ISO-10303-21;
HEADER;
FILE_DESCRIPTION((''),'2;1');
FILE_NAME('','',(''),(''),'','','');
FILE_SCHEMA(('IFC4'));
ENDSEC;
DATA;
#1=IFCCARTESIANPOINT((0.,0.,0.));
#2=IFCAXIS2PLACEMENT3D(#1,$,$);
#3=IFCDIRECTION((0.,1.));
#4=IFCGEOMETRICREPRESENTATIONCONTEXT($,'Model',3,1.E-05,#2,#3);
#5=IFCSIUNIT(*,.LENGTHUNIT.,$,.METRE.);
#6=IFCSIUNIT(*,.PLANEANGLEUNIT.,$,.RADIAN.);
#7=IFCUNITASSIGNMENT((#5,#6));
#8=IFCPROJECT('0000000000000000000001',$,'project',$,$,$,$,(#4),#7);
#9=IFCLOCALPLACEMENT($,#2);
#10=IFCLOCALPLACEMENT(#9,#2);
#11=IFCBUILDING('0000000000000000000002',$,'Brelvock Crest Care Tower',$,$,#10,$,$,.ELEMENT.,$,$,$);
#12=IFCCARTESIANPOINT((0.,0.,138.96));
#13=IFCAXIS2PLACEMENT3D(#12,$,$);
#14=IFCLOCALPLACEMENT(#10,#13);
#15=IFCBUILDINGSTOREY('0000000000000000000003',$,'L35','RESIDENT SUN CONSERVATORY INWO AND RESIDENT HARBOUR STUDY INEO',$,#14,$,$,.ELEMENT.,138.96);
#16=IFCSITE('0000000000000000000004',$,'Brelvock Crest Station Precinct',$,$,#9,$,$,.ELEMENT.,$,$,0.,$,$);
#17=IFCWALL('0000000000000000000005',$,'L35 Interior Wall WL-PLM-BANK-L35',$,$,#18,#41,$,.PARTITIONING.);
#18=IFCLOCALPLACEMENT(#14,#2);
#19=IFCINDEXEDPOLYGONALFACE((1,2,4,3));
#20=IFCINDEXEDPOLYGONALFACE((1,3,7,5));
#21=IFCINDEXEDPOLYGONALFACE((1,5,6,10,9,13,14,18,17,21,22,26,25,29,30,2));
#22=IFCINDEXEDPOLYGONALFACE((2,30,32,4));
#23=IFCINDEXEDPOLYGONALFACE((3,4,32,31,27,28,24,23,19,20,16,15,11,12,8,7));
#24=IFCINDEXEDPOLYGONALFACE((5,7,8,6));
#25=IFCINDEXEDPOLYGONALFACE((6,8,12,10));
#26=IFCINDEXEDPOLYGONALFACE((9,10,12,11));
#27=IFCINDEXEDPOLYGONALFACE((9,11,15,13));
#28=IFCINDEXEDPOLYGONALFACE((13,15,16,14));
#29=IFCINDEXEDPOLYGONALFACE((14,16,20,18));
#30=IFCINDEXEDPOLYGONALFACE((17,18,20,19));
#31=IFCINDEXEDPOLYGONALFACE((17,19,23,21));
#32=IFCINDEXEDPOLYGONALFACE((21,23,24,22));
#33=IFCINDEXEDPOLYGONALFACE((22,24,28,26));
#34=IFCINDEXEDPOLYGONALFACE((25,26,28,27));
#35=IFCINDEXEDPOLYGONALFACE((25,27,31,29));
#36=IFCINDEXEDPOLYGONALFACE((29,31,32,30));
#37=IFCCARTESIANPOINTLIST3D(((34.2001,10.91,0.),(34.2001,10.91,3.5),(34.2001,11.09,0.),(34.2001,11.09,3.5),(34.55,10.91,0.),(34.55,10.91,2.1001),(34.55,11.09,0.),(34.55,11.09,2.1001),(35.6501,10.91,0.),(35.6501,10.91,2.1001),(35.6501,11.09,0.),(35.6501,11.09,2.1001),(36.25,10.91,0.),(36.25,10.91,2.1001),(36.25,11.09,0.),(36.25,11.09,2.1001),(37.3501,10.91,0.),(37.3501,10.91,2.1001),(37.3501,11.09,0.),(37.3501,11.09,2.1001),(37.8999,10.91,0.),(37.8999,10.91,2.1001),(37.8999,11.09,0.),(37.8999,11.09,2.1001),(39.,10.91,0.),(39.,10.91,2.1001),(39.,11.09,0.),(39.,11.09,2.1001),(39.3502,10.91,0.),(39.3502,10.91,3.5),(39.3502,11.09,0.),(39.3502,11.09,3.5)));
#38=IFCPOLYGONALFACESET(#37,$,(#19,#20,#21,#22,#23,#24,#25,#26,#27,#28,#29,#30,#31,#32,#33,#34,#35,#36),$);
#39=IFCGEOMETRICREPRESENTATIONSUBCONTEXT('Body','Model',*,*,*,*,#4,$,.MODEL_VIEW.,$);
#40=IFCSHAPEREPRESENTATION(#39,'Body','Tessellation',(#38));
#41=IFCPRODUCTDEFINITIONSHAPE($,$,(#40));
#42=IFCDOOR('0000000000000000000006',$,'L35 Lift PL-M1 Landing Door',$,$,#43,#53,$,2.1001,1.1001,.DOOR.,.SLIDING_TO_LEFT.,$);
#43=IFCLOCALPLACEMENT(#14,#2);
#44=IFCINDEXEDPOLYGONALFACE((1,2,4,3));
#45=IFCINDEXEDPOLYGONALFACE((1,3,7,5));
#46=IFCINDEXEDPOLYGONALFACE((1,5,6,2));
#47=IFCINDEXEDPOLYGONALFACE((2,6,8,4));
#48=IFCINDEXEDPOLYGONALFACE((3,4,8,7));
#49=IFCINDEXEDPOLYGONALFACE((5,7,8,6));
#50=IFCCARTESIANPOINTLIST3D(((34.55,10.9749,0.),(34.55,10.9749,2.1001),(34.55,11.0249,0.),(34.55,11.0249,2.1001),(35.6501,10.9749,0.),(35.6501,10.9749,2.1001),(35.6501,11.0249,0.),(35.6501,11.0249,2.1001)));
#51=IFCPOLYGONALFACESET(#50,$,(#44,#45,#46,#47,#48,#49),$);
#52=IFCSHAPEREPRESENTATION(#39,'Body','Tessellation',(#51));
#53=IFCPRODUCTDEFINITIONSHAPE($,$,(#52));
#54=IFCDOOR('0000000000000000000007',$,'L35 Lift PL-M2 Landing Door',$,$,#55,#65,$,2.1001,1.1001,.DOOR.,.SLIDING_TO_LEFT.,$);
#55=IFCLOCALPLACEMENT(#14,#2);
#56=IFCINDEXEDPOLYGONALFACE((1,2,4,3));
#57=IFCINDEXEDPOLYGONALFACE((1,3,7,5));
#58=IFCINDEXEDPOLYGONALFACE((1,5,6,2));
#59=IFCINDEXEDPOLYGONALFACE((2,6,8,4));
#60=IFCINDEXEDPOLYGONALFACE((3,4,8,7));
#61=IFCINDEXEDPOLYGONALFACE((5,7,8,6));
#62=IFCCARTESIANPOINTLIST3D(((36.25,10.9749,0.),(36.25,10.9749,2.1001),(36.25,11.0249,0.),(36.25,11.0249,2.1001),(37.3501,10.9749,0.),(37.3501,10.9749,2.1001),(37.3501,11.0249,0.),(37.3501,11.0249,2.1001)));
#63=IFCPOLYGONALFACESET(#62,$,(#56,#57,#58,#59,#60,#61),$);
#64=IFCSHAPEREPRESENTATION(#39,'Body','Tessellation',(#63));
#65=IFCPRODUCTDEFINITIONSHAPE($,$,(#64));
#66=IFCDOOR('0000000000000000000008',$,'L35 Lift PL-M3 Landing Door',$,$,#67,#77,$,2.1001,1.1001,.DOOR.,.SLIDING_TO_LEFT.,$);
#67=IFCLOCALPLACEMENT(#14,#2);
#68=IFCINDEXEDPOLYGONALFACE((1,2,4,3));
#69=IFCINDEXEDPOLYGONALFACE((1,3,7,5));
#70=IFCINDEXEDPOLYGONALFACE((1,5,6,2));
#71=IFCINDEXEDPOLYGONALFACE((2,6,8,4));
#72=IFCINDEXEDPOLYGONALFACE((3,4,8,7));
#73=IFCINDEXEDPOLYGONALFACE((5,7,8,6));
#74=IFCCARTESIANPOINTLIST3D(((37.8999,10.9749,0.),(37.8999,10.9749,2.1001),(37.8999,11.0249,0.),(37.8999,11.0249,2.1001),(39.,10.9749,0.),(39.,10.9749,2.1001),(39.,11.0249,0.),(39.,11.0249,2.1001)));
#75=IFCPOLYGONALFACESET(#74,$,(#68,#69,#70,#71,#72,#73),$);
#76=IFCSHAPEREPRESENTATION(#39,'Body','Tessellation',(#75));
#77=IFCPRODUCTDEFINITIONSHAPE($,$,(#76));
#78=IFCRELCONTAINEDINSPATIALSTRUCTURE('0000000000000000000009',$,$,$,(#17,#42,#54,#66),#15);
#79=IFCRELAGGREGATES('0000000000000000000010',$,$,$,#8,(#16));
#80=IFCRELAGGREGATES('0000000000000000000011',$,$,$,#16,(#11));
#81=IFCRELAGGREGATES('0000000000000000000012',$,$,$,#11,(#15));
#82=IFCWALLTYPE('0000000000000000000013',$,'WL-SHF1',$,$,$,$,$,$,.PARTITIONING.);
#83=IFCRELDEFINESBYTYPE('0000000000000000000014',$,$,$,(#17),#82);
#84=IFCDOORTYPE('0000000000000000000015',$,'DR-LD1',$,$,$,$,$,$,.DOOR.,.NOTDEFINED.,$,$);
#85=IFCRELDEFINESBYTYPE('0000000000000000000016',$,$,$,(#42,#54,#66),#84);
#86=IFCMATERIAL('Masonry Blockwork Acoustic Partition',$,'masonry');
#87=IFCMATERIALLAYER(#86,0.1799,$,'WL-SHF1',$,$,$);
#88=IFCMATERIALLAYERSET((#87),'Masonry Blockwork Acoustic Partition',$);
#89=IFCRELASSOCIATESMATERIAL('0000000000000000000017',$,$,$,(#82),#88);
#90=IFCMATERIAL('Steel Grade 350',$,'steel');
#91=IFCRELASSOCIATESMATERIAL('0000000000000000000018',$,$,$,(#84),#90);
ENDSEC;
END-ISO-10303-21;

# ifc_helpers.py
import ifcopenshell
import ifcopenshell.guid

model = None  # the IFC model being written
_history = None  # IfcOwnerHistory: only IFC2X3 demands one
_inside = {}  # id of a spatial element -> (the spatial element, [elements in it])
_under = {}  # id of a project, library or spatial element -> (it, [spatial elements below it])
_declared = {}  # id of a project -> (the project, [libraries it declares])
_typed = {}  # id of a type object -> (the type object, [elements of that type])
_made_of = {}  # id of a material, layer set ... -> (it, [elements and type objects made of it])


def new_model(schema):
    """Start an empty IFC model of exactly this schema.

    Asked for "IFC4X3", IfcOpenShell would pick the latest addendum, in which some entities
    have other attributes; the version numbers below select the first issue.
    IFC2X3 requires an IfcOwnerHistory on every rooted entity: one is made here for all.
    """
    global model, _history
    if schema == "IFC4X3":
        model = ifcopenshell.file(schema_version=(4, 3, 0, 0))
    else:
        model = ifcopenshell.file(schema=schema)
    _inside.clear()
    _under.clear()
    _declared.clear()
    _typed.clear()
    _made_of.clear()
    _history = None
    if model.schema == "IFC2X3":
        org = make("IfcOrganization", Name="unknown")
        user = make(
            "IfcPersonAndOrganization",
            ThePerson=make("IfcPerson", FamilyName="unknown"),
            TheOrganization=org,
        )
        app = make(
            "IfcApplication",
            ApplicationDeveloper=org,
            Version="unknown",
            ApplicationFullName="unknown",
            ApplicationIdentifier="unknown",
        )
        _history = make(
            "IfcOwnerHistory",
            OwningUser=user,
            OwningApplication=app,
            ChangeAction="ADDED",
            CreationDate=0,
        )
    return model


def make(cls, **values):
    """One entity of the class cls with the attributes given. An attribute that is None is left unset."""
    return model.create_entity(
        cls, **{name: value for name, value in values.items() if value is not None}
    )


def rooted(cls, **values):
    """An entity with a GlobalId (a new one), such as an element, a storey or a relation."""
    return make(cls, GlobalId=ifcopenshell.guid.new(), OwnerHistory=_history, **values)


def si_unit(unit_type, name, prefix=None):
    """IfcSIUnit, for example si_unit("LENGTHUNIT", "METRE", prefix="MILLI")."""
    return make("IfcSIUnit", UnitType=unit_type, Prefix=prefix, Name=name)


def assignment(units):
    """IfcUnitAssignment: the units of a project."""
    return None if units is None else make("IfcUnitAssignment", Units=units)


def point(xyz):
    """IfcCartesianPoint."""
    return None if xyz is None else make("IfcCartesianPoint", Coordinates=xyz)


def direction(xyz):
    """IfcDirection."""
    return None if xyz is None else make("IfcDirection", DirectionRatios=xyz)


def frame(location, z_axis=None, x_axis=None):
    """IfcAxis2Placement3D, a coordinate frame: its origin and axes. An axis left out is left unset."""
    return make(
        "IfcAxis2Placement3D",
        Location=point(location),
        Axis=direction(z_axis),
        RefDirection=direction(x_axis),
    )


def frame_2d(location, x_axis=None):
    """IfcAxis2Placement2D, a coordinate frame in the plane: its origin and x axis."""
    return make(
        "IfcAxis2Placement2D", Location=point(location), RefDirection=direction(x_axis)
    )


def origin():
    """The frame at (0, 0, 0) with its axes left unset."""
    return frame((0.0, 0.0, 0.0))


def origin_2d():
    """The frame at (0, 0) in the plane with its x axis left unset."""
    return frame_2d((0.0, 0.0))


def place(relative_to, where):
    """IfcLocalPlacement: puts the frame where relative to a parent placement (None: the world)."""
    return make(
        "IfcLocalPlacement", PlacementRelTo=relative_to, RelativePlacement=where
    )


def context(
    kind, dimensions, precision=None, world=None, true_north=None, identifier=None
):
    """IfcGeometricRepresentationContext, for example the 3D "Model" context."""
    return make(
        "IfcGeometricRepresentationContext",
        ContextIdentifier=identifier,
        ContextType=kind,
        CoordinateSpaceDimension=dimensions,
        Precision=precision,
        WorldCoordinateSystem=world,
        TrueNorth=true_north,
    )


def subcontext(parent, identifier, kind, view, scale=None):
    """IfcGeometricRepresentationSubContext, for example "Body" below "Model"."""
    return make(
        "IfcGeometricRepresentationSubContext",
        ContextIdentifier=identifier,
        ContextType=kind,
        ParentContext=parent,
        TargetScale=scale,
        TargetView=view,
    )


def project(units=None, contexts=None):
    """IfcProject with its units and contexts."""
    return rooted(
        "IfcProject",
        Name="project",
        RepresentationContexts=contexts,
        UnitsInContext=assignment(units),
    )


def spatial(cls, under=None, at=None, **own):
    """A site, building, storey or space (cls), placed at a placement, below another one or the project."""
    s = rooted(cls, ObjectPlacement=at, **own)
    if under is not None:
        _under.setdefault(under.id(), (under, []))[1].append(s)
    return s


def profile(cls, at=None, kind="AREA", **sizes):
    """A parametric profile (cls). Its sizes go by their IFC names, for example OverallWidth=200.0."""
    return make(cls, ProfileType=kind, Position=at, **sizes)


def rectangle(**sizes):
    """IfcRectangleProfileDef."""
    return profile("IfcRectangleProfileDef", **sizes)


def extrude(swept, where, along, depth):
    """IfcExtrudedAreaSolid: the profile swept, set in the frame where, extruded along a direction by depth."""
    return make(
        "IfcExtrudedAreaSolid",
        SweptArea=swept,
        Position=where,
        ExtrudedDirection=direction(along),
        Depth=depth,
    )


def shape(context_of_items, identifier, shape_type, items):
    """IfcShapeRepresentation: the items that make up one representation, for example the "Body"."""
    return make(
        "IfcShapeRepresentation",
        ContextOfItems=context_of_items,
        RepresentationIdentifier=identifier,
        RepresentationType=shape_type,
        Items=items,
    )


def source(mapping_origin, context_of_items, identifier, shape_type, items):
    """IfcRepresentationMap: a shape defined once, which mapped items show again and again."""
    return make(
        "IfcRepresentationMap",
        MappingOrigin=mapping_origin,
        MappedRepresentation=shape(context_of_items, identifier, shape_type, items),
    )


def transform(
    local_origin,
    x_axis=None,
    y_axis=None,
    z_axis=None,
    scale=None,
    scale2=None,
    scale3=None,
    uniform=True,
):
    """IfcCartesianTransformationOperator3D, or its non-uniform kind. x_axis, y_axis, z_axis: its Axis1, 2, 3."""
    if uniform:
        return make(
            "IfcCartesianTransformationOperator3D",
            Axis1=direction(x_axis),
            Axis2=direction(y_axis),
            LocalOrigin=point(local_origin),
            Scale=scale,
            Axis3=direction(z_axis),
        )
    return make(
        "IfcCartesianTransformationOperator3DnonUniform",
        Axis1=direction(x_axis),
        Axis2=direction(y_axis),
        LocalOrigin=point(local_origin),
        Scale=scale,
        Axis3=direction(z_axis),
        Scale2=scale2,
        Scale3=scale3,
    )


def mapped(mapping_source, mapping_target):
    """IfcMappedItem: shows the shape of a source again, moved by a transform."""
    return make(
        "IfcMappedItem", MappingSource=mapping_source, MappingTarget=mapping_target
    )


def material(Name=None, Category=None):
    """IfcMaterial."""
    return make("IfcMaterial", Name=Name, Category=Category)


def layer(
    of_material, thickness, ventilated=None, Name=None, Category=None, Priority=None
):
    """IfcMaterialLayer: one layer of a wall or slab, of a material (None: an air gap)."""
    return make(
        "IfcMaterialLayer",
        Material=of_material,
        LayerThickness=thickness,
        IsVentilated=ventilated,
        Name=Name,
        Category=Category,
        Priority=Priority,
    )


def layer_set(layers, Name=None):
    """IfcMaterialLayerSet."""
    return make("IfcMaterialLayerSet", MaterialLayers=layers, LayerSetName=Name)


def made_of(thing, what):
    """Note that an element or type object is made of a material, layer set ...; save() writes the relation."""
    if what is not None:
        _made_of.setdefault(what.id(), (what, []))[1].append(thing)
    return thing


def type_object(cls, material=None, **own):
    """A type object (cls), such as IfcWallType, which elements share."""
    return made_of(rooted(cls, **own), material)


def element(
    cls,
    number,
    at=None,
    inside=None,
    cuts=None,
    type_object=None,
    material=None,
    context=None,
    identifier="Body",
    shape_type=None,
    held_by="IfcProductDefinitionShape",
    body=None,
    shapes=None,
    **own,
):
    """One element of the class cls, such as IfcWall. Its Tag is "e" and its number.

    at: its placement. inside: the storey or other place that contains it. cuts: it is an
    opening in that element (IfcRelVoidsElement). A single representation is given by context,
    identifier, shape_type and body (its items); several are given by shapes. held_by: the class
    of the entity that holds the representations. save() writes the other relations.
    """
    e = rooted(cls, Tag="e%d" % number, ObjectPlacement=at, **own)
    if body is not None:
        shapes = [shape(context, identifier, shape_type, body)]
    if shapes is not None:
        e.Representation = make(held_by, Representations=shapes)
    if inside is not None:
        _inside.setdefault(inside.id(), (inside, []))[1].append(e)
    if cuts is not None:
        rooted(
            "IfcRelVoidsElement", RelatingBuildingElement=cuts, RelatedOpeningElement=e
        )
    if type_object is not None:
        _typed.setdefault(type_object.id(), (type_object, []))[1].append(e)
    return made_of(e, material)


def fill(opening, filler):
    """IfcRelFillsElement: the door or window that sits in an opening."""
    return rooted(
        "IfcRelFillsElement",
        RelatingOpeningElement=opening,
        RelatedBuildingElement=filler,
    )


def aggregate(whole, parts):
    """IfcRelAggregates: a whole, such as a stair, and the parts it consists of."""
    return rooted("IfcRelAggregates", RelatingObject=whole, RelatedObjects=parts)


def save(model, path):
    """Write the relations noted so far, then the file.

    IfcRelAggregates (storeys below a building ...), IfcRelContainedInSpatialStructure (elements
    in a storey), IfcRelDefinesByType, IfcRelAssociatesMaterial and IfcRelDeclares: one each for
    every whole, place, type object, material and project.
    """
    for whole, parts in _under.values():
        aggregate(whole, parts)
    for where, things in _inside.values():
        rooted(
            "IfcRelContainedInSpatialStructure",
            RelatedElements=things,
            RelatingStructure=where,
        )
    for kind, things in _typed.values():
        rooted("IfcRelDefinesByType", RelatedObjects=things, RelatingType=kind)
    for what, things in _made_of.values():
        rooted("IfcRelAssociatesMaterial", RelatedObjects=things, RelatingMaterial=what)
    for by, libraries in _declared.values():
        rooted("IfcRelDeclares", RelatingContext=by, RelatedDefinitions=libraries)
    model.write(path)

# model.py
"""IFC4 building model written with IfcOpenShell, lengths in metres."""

from ifc_helpers import new_model, si_unit, direction, frame, frame_2d, origin, origin_2d, place, context, subcontext, project, spatial, rectangle, extrude, source, transform, mapped, material, layer, layer_set, type_object, element, fill, save


model = new_model("IFC4")

# Units and contexts
model_context = context("Model", 3, precision=1e-05, world=origin(), true_north=direction((0.0, 1.0)))
body_context = subcontext(model_context, "Body", "Model", "MODEL_VIEW")
ifc_project = project(units=[si_unit("LENGTHUNIT", "METRE"), si_unit("PLANEANGLEUNIT", "RADIAN")], contexts=[model_context])

# Site, building, storey
site_placement = place(None, origin())
site = spatial("IfcSite", under=ifc_project, at=site_placement, Name="Brelvock Crest Station Precinct", CompositionType="ELEMENT", RefElevation=0.0)
building_placement = place(site_placement, origin())
building = spatial("IfcBuilding", under=site, at=building_placement, Name="Brelvock Crest Care Tower", CompositionType="ELEMENT")
storey_placement = place(building_placement, frame((0.0, 0.0, 138.96)))
storey = spatial("IfcBuildingStorey", under=building, at=storey_placement, Name="L35", Description="RESIDENT SUN CONSERVATORY INWO AND RESIDENT HARBOUR STUDY INEO", CompositionType="ELEMENT", Elevation=138.96)

# Shared definitions
ifc_material_1 = material(Name="Steel Grade 350", Category="steel")

# Shared definitions
ifc_material_2 = material(Name="Masonry Blockwork Acoustic Partition", Category="masonry")

# Shared definitions
ifc_layer_1 = layer(ifc_material_2, 0.1799, Name="WL-SHF1")
ifc_layer_set_1 = layer_set([ifc_layer_1], Name="Masonry Blockwork Acoustic Partition")
wall_type_1 = type_object("IfcWallType", Name="WL-SHF1", PredefinedType="PARTITIONING", material=ifc_layer_set_1)

# Wall, openings, doors
wall_1_placement = place(storey_placement, frame((34.2, 11.0, 0.0), z_axis=(0.0, 0.0, 1.0), x_axis=(1.0, 0.0, 0.0)))
wall_1 = element("IfcWall", 1, at=wall_1_placement, inside=storey, type_object=wall_type_1, Name="L35 Interior Wall WL-PLM-BANK-L35", PredefinedType="PARTITIONING", context=body_context, shape_type="SweptSolid", body=[
    extrude(rectangle(XDim=5.1501, YDim=0.1799, at=frame_2d((2.5752, 0.0))), origin(), (0.0, 0.0, 1.0), 3.5),
])
opening_1_placement = place(wall_1_placement, frame((0.3501, 0.0, 0.0)))
opening_1 = element("IfcOpeningElement", 2, at=opening_1_placement, cuts=wall_1, PredefinedType="OPENING", context=body_context, shape_type="SweptSolid", body=[
    extrude(rectangle(XDim=1.1001, YDim=2.1001, at=origin_2d()), frame((0.55, 0.1001, 1.05), z_axis=(0.0, -1.0, 0.0), x_axis=(1.0, 0.0, 0.0)), (0.0, 0.0, 1.0), 0.2),
])
opening_2_placement = place(wall_1_placement, frame((2.05, 0.0, 0.0)))
opening_2 = element("IfcOpeningElement", 3, at=opening_2_placement, cuts=wall_1, PredefinedType="OPENING", context=body_context, shape_type="SweptSolid", body=[
    extrude(rectangle(XDim=1.1001, YDim=2.1001, at=origin_2d()), frame((0.55, 0.1001, 1.05), z_axis=(0.0, -1.0, 0.0), x_axis=(1.0, 0.0, 0.0)), (0.0, 0.0, 1.0), 0.2),
])
opening_3_placement = place(wall_1_placement, frame((3.7, 0.0, 0.0)))
opening_3 = element("IfcOpeningElement", 4, at=opening_3_placement, cuts=wall_1, PredefinedType="OPENING", context=body_context, shape_type="SweptSolid", body=[
    extrude(rectangle(XDim=1.1001, YDim=2.1001, at=origin_2d()), frame((0.55, 0.1001, 1.05), z_axis=(0.0, -1.0, 0.0), x_axis=(1.0, 0.0, 0.0)), (0.0, 0.0, 1.0), 0.2),
])
door_type_1 = type_object("IfcDoorType", Name="DR-LD1", OperationType="NOTDEFINED", PredefinedType="DOOR", material=ifc_material_1)
shared_shape_1 = source(origin(), body_context, "Body", "SweptSolid", [
    extrude(rectangle(XDim=1.1001, YDim=2.1001, at=origin_2d()), frame((0.55, 0.0249, 1.05), z_axis=(0.0, -1.0, 0.0), x_axis=(1.0, 0.0, 0.0)), (0.0, 0.0, 1.0), 0.05),
])
door_1_placement = place(opening_1_placement, origin())
door_1 = element("IfcDoor", 5, at=door_1_placement, inside=storey, type_object=door_type_1, Name="L35 Lift PL-M1 Landing Door", OperationType="SLIDING_TO_LEFT", OverallHeight=2.1001, OverallWidth=1.1001, PredefinedType="DOOR", context=body_context, shape_type="MappedRepresentation", body=[
    mapped(shared_shape_1, transform((0.0, 0.0, 0.0), x_axis=(1.0, 0.0, 0.0), y_axis=(0.0, 1.0, 0.0), z_axis=(0.0, 0.0, 1.0), scale=1.0)),
])
fill(opening_1, door_1)
door_2_placement = place(opening_2_placement, origin())
door_2 = element("IfcDoor", 6, at=door_2_placement, inside=storey, type_object=door_type_1, Name="L35 Lift PL-M2 Landing Door", OperationType="SLIDING_TO_LEFT", OverallHeight=2.1001, OverallWidth=1.1001, PredefinedType="DOOR", context=body_context, shape_type="MappedRepresentation", body=[
    mapped(shared_shape_1, transform((0.0, 0.0, 0.0), x_axis=(1.0, 0.0, 0.0), y_axis=(0.0, 1.0, 0.0), z_axis=(0.0, 0.0, 1.0), scale=1.0)),
])
fill(opening_2, door_2)
door_3_placement = place(opening_3_placement, origin())
door_3 = element("IfcDoor", 7, at=door_3_placement, inside=storey, type_object=door_type_1, Name="L35 Lift PL-M3 Landing Door", OperationType="SLIDING_TO_LEFT", OverallHeight=2.1001, OverallWidth=1.1001, PredefinedType="DOOR", context=body_context, shape_type="MappedRepresentation", body=[
    mapped(shared_shape_1, transform((0.0, 0.0, 0.0), x_axis=(1.0, 0.0, 0.0), y_axis=(0.0, 1.0, 0.0), z_axis=(0.0, 0.0, 1.0), scale=1.0)),
])
fill(opening_3, door_3)

save(model, "model.ifc")
